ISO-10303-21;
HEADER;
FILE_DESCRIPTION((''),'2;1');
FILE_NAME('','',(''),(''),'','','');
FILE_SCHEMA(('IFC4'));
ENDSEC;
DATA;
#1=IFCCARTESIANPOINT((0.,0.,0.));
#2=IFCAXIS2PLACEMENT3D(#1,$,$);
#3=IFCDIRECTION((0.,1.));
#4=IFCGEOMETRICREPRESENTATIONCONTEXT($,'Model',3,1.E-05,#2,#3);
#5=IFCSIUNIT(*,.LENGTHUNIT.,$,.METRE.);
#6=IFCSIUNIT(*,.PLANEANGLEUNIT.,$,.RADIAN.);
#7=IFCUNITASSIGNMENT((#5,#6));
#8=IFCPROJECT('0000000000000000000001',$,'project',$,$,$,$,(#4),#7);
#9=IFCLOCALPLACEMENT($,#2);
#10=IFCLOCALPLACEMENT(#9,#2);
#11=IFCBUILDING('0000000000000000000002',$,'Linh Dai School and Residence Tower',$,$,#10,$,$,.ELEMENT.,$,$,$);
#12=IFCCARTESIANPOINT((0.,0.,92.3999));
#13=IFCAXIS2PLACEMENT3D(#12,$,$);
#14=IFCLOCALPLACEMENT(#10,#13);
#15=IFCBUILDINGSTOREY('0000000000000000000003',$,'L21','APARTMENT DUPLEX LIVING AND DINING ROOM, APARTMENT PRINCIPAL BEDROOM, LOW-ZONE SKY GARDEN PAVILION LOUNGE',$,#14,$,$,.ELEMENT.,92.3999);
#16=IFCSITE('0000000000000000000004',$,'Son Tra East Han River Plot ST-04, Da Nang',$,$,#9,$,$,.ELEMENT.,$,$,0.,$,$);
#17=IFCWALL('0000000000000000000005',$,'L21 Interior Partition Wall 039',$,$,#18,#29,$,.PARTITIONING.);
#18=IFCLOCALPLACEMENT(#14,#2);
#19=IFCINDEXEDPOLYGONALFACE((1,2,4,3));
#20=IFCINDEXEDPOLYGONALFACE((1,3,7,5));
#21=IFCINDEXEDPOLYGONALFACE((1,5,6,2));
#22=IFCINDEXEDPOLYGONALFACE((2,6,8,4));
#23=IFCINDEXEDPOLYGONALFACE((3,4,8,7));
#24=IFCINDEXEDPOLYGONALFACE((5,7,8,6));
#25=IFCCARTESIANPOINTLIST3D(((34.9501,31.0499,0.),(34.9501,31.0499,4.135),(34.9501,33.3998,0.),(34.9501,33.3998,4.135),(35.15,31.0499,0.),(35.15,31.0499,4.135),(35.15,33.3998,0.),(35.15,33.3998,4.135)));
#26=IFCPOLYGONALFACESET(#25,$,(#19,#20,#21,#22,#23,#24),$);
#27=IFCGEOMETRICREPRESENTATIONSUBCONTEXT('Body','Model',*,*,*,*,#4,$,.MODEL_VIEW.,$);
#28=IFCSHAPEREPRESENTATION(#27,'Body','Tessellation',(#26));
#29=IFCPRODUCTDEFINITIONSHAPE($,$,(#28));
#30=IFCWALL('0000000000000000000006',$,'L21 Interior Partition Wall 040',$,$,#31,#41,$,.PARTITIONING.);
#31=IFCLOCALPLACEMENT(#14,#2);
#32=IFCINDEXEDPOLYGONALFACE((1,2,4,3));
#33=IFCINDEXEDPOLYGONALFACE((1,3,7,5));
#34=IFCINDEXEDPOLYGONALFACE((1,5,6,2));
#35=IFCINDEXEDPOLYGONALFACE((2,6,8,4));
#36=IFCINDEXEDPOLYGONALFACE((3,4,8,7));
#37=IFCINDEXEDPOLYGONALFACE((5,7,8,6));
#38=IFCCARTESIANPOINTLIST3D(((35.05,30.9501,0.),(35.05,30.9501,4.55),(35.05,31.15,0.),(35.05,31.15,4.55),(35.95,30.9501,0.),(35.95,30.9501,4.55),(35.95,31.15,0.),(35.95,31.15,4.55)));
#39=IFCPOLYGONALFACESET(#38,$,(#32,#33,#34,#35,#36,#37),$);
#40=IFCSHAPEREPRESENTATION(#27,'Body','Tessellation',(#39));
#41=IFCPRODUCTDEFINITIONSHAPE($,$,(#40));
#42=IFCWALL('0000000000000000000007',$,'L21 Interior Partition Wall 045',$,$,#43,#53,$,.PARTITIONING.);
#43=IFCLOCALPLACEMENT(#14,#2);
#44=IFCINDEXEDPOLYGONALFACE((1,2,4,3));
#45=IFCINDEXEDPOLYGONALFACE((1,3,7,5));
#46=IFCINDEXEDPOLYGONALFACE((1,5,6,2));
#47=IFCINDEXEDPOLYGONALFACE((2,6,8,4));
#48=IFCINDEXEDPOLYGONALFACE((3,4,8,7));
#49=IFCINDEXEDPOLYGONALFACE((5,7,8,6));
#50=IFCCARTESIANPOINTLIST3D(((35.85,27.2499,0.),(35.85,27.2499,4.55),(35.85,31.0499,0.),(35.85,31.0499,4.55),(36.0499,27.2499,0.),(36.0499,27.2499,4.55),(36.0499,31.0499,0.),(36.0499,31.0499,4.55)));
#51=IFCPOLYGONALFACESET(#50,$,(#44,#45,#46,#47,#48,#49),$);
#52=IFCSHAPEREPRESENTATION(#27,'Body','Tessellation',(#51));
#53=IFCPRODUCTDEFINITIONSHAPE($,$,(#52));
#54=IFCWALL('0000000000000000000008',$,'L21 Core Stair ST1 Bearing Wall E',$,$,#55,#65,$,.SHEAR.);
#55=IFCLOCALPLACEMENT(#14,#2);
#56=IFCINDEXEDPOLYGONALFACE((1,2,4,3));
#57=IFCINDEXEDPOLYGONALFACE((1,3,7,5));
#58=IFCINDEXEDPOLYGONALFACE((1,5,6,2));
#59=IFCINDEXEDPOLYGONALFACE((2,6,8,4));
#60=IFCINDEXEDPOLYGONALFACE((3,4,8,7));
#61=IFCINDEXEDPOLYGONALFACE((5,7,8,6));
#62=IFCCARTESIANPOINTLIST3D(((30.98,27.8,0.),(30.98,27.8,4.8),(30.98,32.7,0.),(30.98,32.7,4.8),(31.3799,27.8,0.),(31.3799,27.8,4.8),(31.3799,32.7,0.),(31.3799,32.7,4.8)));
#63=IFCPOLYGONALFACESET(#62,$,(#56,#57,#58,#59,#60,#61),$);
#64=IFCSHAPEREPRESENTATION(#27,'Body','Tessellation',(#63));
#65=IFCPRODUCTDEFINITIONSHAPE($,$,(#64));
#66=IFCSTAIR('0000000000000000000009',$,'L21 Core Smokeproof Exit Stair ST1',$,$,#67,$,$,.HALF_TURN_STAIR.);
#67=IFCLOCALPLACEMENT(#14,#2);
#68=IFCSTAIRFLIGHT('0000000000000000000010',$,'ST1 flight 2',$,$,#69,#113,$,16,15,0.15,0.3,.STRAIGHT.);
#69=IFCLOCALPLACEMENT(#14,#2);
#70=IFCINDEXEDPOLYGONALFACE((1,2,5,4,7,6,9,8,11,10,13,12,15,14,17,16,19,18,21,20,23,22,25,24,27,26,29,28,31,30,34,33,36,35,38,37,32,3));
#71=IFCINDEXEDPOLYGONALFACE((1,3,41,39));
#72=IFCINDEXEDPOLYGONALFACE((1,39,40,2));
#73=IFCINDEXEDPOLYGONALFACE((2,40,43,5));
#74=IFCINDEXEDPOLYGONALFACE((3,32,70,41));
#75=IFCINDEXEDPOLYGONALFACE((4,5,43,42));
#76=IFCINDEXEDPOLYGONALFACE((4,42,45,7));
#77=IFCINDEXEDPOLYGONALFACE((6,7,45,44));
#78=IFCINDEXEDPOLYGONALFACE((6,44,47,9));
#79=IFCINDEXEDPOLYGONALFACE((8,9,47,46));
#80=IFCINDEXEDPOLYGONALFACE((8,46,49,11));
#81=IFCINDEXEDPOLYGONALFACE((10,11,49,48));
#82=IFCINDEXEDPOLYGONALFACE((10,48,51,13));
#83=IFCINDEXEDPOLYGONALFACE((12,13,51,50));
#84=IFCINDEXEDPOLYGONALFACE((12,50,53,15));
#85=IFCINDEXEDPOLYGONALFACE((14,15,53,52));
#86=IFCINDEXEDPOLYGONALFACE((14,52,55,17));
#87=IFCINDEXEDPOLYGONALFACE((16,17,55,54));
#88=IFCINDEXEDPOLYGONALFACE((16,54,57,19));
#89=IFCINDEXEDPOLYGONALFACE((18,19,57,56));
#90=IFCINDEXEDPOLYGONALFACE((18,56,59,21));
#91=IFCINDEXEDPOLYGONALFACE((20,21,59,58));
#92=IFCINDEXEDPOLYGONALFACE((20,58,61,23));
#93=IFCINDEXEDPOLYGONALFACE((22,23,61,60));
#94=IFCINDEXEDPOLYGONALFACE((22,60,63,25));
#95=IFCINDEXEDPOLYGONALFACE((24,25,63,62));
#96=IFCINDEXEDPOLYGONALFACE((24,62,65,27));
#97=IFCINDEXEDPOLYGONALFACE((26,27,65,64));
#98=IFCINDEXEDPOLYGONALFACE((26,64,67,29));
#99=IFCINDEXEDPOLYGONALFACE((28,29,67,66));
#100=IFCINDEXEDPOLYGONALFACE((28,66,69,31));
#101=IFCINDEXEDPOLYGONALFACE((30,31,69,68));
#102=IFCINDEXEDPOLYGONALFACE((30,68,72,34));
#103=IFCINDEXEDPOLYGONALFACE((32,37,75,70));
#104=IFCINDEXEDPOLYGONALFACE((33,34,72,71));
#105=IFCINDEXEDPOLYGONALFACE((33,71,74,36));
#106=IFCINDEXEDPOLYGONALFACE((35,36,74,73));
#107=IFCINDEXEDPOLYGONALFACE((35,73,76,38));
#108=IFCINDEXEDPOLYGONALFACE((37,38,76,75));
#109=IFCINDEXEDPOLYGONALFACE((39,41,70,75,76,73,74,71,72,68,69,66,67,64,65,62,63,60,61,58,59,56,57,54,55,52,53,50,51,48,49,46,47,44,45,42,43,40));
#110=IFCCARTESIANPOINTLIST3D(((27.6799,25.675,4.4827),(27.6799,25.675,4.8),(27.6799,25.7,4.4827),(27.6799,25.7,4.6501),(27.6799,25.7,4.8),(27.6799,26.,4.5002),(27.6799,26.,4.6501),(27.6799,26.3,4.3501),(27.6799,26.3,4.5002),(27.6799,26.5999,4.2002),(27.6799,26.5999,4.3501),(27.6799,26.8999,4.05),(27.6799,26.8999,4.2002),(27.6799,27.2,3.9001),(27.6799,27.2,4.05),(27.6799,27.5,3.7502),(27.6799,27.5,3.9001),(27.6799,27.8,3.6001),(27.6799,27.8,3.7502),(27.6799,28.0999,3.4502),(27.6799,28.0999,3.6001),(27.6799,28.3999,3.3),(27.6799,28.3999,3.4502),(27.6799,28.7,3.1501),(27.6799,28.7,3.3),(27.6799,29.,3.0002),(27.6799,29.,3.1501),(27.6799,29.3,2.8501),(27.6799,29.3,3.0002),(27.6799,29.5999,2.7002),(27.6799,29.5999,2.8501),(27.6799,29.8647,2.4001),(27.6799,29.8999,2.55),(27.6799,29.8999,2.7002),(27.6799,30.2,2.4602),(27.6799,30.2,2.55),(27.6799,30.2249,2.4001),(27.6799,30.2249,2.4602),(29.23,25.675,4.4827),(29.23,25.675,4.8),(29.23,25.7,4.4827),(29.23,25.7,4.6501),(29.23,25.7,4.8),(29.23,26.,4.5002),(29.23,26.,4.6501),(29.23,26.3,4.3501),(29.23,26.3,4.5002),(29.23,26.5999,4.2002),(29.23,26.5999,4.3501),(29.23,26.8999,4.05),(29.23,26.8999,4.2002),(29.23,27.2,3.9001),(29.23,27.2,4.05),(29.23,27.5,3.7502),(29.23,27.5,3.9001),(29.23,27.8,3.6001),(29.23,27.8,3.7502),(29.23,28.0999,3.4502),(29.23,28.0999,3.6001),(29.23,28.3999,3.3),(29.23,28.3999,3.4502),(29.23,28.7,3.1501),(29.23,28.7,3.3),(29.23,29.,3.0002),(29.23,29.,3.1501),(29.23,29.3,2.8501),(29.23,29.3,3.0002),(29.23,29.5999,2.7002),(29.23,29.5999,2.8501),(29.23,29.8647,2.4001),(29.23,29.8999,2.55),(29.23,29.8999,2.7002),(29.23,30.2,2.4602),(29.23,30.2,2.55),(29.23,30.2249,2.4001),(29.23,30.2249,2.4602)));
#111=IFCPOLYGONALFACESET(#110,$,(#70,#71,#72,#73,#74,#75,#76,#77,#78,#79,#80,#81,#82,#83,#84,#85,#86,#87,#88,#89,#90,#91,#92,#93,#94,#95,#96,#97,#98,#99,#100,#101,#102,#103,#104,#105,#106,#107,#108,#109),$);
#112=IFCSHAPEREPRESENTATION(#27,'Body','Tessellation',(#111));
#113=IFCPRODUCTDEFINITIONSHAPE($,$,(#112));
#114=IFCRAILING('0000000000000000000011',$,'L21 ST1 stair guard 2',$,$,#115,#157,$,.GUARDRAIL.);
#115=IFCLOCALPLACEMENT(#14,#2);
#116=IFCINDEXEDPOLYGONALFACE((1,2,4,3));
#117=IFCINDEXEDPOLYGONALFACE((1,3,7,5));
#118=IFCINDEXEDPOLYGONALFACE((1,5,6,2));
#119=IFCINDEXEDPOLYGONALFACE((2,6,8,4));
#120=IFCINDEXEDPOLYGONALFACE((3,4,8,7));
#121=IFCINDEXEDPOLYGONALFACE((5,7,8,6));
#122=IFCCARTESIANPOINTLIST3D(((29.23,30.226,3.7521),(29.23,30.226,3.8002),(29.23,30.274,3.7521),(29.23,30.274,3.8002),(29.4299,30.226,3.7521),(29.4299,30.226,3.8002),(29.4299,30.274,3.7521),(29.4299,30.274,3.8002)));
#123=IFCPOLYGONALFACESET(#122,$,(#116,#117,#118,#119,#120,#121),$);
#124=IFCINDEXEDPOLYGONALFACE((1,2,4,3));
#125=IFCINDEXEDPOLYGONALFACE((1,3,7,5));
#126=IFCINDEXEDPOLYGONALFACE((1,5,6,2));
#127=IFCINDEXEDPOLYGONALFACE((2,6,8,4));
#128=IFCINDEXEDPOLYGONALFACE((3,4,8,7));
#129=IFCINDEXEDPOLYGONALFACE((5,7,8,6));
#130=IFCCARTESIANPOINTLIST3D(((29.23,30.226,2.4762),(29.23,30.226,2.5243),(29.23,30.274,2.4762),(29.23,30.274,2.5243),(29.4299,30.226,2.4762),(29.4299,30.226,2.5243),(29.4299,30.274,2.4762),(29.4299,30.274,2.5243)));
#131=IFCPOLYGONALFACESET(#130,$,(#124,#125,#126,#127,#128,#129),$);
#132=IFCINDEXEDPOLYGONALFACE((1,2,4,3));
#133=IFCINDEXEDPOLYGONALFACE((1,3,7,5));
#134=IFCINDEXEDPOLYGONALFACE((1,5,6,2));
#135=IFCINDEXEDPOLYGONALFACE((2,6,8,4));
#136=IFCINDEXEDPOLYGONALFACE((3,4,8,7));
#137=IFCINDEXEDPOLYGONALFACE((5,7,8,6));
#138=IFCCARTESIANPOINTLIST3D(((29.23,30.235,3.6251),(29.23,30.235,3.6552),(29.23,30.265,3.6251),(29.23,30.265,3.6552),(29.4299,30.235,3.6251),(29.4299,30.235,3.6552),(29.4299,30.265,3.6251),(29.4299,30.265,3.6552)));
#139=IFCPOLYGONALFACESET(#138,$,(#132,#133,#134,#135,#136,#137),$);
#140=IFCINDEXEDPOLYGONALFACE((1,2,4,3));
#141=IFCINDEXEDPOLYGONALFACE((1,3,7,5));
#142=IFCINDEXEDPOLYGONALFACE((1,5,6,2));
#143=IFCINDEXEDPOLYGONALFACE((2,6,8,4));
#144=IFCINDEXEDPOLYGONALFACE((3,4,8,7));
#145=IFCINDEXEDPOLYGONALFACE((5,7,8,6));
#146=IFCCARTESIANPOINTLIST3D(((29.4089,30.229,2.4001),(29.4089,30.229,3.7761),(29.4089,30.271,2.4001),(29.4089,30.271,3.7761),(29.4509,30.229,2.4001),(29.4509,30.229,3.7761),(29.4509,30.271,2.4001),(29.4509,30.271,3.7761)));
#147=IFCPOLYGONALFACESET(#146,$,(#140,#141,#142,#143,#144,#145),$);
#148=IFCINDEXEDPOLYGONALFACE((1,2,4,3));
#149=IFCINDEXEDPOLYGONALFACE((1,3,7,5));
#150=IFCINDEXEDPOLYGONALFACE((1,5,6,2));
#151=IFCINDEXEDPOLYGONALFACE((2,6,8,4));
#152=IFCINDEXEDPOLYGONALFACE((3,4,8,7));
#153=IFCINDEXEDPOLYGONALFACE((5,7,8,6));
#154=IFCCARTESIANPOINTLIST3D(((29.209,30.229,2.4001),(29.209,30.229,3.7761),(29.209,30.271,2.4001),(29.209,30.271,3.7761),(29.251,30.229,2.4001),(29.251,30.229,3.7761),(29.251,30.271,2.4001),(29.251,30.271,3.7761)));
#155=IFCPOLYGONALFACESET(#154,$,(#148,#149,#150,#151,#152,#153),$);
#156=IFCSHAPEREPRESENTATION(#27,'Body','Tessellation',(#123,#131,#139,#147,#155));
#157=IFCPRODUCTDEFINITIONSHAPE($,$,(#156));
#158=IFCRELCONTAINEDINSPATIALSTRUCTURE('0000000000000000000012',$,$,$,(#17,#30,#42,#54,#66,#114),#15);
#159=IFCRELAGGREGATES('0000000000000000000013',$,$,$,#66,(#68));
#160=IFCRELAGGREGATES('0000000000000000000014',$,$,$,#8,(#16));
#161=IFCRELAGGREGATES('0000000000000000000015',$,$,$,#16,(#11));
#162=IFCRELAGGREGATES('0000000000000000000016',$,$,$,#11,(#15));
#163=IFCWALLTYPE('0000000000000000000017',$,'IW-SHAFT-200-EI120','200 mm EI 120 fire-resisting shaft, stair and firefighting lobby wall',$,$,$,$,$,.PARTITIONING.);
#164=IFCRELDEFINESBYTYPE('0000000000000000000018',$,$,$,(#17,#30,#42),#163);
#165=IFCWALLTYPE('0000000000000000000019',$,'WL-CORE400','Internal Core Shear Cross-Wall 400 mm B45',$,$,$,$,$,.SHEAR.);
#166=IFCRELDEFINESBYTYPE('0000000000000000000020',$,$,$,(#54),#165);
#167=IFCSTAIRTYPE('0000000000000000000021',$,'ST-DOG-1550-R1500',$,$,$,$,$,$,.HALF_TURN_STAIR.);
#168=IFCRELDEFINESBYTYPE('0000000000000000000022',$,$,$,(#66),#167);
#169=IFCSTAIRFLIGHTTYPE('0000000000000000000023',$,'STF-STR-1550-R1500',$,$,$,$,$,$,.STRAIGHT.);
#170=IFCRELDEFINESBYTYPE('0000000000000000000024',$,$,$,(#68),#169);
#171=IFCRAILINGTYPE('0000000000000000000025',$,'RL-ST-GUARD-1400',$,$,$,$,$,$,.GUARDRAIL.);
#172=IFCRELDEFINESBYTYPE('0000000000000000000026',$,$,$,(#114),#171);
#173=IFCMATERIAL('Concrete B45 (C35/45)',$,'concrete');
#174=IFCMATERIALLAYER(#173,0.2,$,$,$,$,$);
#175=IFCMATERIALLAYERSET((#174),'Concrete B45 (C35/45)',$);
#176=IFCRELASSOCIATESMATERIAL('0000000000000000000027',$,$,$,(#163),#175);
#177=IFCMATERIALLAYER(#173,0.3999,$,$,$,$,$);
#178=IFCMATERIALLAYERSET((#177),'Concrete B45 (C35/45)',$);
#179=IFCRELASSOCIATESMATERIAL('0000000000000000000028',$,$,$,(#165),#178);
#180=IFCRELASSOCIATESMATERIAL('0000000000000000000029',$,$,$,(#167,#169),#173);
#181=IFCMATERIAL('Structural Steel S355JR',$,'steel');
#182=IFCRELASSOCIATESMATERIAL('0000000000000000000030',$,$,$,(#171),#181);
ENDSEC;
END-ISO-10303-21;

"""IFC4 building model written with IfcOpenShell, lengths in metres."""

from ifc_helpers import new_model, si_unit, direction, frame, frame_2d, origin, origin_2d, place, context, subcontext, project, spatial, polyline, rectangle, outline, extrude, source, transform, mapped, material, layer, layer_set, type_object, element, aggregate, save


model = new_model("IFC4")

# Units and contexts
model_context = context("Model", 3, precision=1e-05, world=origin(), true_north=direction((0.0, 1.0)))
body_context = subcontext(model_context, "Body", "Model", "MODEL_VIEW")
ifc_project = project(units=[si_unit("LENGTHUNIT", "METRE"), si_unit("PLANEANGLEUNIT", "RADIAN")], contexts=[model_context])

# Site, building, storey
site_placement = place(None, origin())
site = spatial("IfcSite", under=ifc_project, at=site_placement, Name="Son Tra East Han River Plot ST-04, Da Nang", CompositionType="ELEMENT", RefElevation=0.0)
building_placement = place(site_placement, origin())
building = spatial("IfcBuilding", under=site, at=building_placement, Name="Linh Dai School and Residence Tower", CompositionType="ELEMENT")
storey_placement = place(building_placement, frame((0.0, 0.0, 92.3999)))
storey = spatial("IfcBuildingStorey", under=building, at=storey_placement, Name="L21", Description="APARTMENT DUPLEX LIVING AND DINING ROOM, APARTMENT PRINCIPAL BEDROOM, LOW-ZONE SKY GARDEN PAVILION LOUNGE", CompositionType="ELEMENT", Elevation=92.3999)

# Shared definitions
ifc_material_1 = material(Name="Structural Steel S355JR", Category="steel")

# Shared definitions
ifc_material_2 = material(Name="Concrete B45 (C35/45)", Category="concrete")
ifc_layer_1 = layer(ifc_material_2, 0.2)
ifc_layer_set_1 = layer_set([ifc_layer_1], Name="Concrete B45 (C35/45)")
wall_type_1 = type_object("IfcWallType", Name="IW-SHAFT-200-EI120", Description="200 mm EI 120 fire-resisting shaft, stair and firefighting lobby wall", PredefinedType="PARTITIONING", material=ifc_layer_set_1)

# Walls
wall_1_placement = place(storey_placement, frame((35.05, 31.05, 0.0), z_axis=(0.0, 0.0, 1.0), x_axis=(0.0, 1.0, 0.0)))
element("IfcWall", 1, at=wall_1_placement, inside=storey, type_object=wall_type_1, Name="L21 Interior Partition Wall 039", PredefinedType="PARTITIONING", context=body_context, shape_type="SweptSolid", body=[
    extrude(rectangle(XDim=2.3499, YDim=0.2, at=frame_2d((1.1748, 0.0))), origin(), (0.0, 0.0, 1.0), 4.135),
])
wall_2_placement = place(storey_placement, frame((35.05, 31.05, 0.0), z_axis=(0.0, 0.0, 1.0), x_axis=(1.0, 0.0, 0.0)))
element("IfcWall", 2, at=wall_2_placement, inside=storey, type_object=wall_type_1, Name="L21 Interior Partition Wall 040", PredefinedType="PARTITIONING", context=body_context, shape_type="SweptSolid", body=[
    extrude(rectangle(XDim=0.8999, YDim=0.2, at=frame_2d((0.45, 0.0))), origin(), (0.0, 0.0, 1.0), 4.55),
])
wall_3_placement = place(storey_placement, frame((35.95, 27.25, 0.0), z_axis=(0.0, 0.0, 1.0), x_axis=(0.0, 1.0, 0.0)))
element("IfcWall", 3, at=wall_3_placement, inside=storey, type_object=wall_type_1, Name="L21 Interior Partition Wall 045", PredefinedType="PARTITIONING", context=body_context, shape_type="SweptSolid", body=[
    extrude(rectangle(XDim=3.8, YDim=0.2, at=frame_2d((1.8999, 0.0))), origin(), (0.0, 0.0, 1.0), 4.55),
])

# Wall
ifc_layer_2 = layer(ifc_material_2, 0.3999)
ifc_layer_set_2 = layer_set([ifc_layer_2], Name="Concrete B45 (C35/45)")
wall_type_2 = type_object("IfcWallType", Name="WL-CORE400", Description="Internal Core Shear Cross-Wall 400 mm B45", PredefinedType="SHEAR", material=ifc_layer_set_2)
wall_4_placement = place(storey_placement, frame((31.1799, 27.8, 0.0), z_axis=(0.0, 0.0, 1.0), x_axis=(0.0, 1.0, 0.0)))
element("IfcWall", 4, at=wall_4_placement, inside=storey, type_object=wall_type_2, Name="L21 Core Stair ST1 Bearing Wall E", PredefinedType="SHEAR", context=body_context, shape_type="SweptSolid", body=[
    extrude(rectangle(XDim=4.8999, YDim=0.3999, at=frame_2d((2.45, 0.0))), origin(), (0.0, 0.0, 1.0), 4.8),
])

# Stair, stair flight
stair_type = type_object("IfcStairType", Name="ST-DOG-1550-R1500", PredefinedType="HALF_TURN_STAIR", material=ifc_material_2)
stair_placement = place(storey_placement, origin())
stair = element("IfcStair", 5, at=stair_placement, inside=storey, type_object=stair_type, Name="L21 Core Smokeproof Exit Stair ST1", PredefinedType="HALF_TURN_STAIR")
stair_flight_type = type_object("IfcStairFlightType", Name="STF-STR-1550-R1500", PredefinedType="STRAIGHT", material=ifc_material_2)
shared_shape_1 = source(origin(), body_context, "Body", "SweptSolid", [
    extrude(outline(polyline([(-0.0249, 0.0), (-0.0249, 0.0601), (0.0, 0.0601), (0.0, 0.1499), (0.3, 0.1499), (0.3, 0.3), (0.6001, 0.3), (0.6001, 0.45), (0.8999, 0.45), (0.8999, 0.6001), (1.2, 0.6001), (1.2, 0.75), (1.5, 0.75), (1.5, 0.8999), (1.8, 0.8999), (1.8, 1.05), (2.1001, 1.05), (2.1001, 1.2), (2.3999, 1.2), (2.3999, 1.3501), (2.7, 1.3501), (2.7, 1.5), (3.0, 1.5), (3.0, 1.6499), (3.3, 1.6499), (3.3, 1.8), (3.6001, 1.8), (3.6001, 1.95), (3.8999, 1.95), (3.8999, 2.1001), (4.2, 2.1001), (4.2, 2.25), (4.5, 2.25), (4.5, 2.3999), (4.5249, 2.3999), (4.5249, 2.0825), (4.5, 2.0825), (0.3352, 0.0), (-0.0249, 0.0)])), frame((0.0, 0.7749, 0.0), z_axis=(0.0, -1.0, 0.0), x_axis=(1.0, 0.0, 0.0)), (0.0, 0.0, 1.0), 1.55),
])
stair_flight_placement = place(storey_placement, frame((28.4551, 30.2, 2.4001), z_axis=(0.0, 0.0, 1.0), x_axis=(0.0, -1.0, 0.0)))
stair_flight = element("IfcStairFlight", 6, at=stair_flight_placement, type_object=stair_flight_type, Name="ST1 flight 2", NumberOfRisers=16, NumberOfTreads=15, PredefinedType="STRAIGHT", RiserHeight=0.15, TreadLength=0.3, context=body_context, shape_type="MappedRepresentation", body=[
    mapped(shared_shape_1, transform((0.0, 0.0, 0.0), x_axis=(1.0, 0.0, 0.0), y_axis=(0.0, 1.0, 0.0), z_axis=(0.0, 0.0, 1.0), scale=1.0)),
])
aggregate(stair, [stair_flight])

# Railing
railing_type_1 = type_object("IfcRailingType", Name="RL-ST-GUARD-1400", PredefinedType="GUARDRAIL", material=ifc_material_1)
shared_shape_2 = source(origin(), body_context, "Body", "SweptSolid", [
    extrude(rectangle(XDim=0.0481, YDim=0.0481, at=origin_2d()), frame((0.0, 0.0, 1.376), z_axis=(-1.0, 0.0, 0.0), x_axis=(0.0, -1.0, 0.0)), (0.0, 0.0, 1.0), 0.2),
    extrude(rectangle(XDim=0.0481, YDim=0.0481, at=origin_2d()), frame((0.0, 0.0, 0.1001), z_axis=(-1.0, 0.0, 0.0), x_axis=(0.0, -1.0, 0.0)), (0.0, 0.0, 1.0), 0.2),
    extrude(rectangle(XDim=0.03, YDim=0.03, at=origin_2d()), frame((0.0, 0.0, 1.24), z_axis=(-1.0, 0.0, 0.0), x_axis=(0.0, -1.0, 0.0)), (0.0, 0.0, 1.0), 0.2),
    extrude(rectangle(XDim=0.042, YDim=0.042, at=origin_2d()), origin(), (0.0, 0.0, 1.0), 1.376),
    extrude(rectangle(XDim=0.042, YDim=0.042, at=origin_2d()), frame((-0.2, 0.0, 0.0)), (0.0, 0.0, 1.0), 1.376),
])
railing_1_placement = place(storey_placement, frame((29.4299, 30.25, 2.4001)))
element("IfcRailing", 7, at=railing_1_placement, inside=storey, type_object=railing_type_1, Name="L21 ST1 stair guard 2", PredefinedType="GUARDRAIL", context=body_context, shape_type="MappedRepresentation", body=[
    mapped(shared_shape_2, transform((0.0, 0.0, 0.0), x_axis=(1.0, 0.0, 0.0), y_axis=(0.0, 1.0, 0.0), z_axis=(0.0, 0.0, 1.0), scale=1.0)),
])

save(model, "model.ifc")
